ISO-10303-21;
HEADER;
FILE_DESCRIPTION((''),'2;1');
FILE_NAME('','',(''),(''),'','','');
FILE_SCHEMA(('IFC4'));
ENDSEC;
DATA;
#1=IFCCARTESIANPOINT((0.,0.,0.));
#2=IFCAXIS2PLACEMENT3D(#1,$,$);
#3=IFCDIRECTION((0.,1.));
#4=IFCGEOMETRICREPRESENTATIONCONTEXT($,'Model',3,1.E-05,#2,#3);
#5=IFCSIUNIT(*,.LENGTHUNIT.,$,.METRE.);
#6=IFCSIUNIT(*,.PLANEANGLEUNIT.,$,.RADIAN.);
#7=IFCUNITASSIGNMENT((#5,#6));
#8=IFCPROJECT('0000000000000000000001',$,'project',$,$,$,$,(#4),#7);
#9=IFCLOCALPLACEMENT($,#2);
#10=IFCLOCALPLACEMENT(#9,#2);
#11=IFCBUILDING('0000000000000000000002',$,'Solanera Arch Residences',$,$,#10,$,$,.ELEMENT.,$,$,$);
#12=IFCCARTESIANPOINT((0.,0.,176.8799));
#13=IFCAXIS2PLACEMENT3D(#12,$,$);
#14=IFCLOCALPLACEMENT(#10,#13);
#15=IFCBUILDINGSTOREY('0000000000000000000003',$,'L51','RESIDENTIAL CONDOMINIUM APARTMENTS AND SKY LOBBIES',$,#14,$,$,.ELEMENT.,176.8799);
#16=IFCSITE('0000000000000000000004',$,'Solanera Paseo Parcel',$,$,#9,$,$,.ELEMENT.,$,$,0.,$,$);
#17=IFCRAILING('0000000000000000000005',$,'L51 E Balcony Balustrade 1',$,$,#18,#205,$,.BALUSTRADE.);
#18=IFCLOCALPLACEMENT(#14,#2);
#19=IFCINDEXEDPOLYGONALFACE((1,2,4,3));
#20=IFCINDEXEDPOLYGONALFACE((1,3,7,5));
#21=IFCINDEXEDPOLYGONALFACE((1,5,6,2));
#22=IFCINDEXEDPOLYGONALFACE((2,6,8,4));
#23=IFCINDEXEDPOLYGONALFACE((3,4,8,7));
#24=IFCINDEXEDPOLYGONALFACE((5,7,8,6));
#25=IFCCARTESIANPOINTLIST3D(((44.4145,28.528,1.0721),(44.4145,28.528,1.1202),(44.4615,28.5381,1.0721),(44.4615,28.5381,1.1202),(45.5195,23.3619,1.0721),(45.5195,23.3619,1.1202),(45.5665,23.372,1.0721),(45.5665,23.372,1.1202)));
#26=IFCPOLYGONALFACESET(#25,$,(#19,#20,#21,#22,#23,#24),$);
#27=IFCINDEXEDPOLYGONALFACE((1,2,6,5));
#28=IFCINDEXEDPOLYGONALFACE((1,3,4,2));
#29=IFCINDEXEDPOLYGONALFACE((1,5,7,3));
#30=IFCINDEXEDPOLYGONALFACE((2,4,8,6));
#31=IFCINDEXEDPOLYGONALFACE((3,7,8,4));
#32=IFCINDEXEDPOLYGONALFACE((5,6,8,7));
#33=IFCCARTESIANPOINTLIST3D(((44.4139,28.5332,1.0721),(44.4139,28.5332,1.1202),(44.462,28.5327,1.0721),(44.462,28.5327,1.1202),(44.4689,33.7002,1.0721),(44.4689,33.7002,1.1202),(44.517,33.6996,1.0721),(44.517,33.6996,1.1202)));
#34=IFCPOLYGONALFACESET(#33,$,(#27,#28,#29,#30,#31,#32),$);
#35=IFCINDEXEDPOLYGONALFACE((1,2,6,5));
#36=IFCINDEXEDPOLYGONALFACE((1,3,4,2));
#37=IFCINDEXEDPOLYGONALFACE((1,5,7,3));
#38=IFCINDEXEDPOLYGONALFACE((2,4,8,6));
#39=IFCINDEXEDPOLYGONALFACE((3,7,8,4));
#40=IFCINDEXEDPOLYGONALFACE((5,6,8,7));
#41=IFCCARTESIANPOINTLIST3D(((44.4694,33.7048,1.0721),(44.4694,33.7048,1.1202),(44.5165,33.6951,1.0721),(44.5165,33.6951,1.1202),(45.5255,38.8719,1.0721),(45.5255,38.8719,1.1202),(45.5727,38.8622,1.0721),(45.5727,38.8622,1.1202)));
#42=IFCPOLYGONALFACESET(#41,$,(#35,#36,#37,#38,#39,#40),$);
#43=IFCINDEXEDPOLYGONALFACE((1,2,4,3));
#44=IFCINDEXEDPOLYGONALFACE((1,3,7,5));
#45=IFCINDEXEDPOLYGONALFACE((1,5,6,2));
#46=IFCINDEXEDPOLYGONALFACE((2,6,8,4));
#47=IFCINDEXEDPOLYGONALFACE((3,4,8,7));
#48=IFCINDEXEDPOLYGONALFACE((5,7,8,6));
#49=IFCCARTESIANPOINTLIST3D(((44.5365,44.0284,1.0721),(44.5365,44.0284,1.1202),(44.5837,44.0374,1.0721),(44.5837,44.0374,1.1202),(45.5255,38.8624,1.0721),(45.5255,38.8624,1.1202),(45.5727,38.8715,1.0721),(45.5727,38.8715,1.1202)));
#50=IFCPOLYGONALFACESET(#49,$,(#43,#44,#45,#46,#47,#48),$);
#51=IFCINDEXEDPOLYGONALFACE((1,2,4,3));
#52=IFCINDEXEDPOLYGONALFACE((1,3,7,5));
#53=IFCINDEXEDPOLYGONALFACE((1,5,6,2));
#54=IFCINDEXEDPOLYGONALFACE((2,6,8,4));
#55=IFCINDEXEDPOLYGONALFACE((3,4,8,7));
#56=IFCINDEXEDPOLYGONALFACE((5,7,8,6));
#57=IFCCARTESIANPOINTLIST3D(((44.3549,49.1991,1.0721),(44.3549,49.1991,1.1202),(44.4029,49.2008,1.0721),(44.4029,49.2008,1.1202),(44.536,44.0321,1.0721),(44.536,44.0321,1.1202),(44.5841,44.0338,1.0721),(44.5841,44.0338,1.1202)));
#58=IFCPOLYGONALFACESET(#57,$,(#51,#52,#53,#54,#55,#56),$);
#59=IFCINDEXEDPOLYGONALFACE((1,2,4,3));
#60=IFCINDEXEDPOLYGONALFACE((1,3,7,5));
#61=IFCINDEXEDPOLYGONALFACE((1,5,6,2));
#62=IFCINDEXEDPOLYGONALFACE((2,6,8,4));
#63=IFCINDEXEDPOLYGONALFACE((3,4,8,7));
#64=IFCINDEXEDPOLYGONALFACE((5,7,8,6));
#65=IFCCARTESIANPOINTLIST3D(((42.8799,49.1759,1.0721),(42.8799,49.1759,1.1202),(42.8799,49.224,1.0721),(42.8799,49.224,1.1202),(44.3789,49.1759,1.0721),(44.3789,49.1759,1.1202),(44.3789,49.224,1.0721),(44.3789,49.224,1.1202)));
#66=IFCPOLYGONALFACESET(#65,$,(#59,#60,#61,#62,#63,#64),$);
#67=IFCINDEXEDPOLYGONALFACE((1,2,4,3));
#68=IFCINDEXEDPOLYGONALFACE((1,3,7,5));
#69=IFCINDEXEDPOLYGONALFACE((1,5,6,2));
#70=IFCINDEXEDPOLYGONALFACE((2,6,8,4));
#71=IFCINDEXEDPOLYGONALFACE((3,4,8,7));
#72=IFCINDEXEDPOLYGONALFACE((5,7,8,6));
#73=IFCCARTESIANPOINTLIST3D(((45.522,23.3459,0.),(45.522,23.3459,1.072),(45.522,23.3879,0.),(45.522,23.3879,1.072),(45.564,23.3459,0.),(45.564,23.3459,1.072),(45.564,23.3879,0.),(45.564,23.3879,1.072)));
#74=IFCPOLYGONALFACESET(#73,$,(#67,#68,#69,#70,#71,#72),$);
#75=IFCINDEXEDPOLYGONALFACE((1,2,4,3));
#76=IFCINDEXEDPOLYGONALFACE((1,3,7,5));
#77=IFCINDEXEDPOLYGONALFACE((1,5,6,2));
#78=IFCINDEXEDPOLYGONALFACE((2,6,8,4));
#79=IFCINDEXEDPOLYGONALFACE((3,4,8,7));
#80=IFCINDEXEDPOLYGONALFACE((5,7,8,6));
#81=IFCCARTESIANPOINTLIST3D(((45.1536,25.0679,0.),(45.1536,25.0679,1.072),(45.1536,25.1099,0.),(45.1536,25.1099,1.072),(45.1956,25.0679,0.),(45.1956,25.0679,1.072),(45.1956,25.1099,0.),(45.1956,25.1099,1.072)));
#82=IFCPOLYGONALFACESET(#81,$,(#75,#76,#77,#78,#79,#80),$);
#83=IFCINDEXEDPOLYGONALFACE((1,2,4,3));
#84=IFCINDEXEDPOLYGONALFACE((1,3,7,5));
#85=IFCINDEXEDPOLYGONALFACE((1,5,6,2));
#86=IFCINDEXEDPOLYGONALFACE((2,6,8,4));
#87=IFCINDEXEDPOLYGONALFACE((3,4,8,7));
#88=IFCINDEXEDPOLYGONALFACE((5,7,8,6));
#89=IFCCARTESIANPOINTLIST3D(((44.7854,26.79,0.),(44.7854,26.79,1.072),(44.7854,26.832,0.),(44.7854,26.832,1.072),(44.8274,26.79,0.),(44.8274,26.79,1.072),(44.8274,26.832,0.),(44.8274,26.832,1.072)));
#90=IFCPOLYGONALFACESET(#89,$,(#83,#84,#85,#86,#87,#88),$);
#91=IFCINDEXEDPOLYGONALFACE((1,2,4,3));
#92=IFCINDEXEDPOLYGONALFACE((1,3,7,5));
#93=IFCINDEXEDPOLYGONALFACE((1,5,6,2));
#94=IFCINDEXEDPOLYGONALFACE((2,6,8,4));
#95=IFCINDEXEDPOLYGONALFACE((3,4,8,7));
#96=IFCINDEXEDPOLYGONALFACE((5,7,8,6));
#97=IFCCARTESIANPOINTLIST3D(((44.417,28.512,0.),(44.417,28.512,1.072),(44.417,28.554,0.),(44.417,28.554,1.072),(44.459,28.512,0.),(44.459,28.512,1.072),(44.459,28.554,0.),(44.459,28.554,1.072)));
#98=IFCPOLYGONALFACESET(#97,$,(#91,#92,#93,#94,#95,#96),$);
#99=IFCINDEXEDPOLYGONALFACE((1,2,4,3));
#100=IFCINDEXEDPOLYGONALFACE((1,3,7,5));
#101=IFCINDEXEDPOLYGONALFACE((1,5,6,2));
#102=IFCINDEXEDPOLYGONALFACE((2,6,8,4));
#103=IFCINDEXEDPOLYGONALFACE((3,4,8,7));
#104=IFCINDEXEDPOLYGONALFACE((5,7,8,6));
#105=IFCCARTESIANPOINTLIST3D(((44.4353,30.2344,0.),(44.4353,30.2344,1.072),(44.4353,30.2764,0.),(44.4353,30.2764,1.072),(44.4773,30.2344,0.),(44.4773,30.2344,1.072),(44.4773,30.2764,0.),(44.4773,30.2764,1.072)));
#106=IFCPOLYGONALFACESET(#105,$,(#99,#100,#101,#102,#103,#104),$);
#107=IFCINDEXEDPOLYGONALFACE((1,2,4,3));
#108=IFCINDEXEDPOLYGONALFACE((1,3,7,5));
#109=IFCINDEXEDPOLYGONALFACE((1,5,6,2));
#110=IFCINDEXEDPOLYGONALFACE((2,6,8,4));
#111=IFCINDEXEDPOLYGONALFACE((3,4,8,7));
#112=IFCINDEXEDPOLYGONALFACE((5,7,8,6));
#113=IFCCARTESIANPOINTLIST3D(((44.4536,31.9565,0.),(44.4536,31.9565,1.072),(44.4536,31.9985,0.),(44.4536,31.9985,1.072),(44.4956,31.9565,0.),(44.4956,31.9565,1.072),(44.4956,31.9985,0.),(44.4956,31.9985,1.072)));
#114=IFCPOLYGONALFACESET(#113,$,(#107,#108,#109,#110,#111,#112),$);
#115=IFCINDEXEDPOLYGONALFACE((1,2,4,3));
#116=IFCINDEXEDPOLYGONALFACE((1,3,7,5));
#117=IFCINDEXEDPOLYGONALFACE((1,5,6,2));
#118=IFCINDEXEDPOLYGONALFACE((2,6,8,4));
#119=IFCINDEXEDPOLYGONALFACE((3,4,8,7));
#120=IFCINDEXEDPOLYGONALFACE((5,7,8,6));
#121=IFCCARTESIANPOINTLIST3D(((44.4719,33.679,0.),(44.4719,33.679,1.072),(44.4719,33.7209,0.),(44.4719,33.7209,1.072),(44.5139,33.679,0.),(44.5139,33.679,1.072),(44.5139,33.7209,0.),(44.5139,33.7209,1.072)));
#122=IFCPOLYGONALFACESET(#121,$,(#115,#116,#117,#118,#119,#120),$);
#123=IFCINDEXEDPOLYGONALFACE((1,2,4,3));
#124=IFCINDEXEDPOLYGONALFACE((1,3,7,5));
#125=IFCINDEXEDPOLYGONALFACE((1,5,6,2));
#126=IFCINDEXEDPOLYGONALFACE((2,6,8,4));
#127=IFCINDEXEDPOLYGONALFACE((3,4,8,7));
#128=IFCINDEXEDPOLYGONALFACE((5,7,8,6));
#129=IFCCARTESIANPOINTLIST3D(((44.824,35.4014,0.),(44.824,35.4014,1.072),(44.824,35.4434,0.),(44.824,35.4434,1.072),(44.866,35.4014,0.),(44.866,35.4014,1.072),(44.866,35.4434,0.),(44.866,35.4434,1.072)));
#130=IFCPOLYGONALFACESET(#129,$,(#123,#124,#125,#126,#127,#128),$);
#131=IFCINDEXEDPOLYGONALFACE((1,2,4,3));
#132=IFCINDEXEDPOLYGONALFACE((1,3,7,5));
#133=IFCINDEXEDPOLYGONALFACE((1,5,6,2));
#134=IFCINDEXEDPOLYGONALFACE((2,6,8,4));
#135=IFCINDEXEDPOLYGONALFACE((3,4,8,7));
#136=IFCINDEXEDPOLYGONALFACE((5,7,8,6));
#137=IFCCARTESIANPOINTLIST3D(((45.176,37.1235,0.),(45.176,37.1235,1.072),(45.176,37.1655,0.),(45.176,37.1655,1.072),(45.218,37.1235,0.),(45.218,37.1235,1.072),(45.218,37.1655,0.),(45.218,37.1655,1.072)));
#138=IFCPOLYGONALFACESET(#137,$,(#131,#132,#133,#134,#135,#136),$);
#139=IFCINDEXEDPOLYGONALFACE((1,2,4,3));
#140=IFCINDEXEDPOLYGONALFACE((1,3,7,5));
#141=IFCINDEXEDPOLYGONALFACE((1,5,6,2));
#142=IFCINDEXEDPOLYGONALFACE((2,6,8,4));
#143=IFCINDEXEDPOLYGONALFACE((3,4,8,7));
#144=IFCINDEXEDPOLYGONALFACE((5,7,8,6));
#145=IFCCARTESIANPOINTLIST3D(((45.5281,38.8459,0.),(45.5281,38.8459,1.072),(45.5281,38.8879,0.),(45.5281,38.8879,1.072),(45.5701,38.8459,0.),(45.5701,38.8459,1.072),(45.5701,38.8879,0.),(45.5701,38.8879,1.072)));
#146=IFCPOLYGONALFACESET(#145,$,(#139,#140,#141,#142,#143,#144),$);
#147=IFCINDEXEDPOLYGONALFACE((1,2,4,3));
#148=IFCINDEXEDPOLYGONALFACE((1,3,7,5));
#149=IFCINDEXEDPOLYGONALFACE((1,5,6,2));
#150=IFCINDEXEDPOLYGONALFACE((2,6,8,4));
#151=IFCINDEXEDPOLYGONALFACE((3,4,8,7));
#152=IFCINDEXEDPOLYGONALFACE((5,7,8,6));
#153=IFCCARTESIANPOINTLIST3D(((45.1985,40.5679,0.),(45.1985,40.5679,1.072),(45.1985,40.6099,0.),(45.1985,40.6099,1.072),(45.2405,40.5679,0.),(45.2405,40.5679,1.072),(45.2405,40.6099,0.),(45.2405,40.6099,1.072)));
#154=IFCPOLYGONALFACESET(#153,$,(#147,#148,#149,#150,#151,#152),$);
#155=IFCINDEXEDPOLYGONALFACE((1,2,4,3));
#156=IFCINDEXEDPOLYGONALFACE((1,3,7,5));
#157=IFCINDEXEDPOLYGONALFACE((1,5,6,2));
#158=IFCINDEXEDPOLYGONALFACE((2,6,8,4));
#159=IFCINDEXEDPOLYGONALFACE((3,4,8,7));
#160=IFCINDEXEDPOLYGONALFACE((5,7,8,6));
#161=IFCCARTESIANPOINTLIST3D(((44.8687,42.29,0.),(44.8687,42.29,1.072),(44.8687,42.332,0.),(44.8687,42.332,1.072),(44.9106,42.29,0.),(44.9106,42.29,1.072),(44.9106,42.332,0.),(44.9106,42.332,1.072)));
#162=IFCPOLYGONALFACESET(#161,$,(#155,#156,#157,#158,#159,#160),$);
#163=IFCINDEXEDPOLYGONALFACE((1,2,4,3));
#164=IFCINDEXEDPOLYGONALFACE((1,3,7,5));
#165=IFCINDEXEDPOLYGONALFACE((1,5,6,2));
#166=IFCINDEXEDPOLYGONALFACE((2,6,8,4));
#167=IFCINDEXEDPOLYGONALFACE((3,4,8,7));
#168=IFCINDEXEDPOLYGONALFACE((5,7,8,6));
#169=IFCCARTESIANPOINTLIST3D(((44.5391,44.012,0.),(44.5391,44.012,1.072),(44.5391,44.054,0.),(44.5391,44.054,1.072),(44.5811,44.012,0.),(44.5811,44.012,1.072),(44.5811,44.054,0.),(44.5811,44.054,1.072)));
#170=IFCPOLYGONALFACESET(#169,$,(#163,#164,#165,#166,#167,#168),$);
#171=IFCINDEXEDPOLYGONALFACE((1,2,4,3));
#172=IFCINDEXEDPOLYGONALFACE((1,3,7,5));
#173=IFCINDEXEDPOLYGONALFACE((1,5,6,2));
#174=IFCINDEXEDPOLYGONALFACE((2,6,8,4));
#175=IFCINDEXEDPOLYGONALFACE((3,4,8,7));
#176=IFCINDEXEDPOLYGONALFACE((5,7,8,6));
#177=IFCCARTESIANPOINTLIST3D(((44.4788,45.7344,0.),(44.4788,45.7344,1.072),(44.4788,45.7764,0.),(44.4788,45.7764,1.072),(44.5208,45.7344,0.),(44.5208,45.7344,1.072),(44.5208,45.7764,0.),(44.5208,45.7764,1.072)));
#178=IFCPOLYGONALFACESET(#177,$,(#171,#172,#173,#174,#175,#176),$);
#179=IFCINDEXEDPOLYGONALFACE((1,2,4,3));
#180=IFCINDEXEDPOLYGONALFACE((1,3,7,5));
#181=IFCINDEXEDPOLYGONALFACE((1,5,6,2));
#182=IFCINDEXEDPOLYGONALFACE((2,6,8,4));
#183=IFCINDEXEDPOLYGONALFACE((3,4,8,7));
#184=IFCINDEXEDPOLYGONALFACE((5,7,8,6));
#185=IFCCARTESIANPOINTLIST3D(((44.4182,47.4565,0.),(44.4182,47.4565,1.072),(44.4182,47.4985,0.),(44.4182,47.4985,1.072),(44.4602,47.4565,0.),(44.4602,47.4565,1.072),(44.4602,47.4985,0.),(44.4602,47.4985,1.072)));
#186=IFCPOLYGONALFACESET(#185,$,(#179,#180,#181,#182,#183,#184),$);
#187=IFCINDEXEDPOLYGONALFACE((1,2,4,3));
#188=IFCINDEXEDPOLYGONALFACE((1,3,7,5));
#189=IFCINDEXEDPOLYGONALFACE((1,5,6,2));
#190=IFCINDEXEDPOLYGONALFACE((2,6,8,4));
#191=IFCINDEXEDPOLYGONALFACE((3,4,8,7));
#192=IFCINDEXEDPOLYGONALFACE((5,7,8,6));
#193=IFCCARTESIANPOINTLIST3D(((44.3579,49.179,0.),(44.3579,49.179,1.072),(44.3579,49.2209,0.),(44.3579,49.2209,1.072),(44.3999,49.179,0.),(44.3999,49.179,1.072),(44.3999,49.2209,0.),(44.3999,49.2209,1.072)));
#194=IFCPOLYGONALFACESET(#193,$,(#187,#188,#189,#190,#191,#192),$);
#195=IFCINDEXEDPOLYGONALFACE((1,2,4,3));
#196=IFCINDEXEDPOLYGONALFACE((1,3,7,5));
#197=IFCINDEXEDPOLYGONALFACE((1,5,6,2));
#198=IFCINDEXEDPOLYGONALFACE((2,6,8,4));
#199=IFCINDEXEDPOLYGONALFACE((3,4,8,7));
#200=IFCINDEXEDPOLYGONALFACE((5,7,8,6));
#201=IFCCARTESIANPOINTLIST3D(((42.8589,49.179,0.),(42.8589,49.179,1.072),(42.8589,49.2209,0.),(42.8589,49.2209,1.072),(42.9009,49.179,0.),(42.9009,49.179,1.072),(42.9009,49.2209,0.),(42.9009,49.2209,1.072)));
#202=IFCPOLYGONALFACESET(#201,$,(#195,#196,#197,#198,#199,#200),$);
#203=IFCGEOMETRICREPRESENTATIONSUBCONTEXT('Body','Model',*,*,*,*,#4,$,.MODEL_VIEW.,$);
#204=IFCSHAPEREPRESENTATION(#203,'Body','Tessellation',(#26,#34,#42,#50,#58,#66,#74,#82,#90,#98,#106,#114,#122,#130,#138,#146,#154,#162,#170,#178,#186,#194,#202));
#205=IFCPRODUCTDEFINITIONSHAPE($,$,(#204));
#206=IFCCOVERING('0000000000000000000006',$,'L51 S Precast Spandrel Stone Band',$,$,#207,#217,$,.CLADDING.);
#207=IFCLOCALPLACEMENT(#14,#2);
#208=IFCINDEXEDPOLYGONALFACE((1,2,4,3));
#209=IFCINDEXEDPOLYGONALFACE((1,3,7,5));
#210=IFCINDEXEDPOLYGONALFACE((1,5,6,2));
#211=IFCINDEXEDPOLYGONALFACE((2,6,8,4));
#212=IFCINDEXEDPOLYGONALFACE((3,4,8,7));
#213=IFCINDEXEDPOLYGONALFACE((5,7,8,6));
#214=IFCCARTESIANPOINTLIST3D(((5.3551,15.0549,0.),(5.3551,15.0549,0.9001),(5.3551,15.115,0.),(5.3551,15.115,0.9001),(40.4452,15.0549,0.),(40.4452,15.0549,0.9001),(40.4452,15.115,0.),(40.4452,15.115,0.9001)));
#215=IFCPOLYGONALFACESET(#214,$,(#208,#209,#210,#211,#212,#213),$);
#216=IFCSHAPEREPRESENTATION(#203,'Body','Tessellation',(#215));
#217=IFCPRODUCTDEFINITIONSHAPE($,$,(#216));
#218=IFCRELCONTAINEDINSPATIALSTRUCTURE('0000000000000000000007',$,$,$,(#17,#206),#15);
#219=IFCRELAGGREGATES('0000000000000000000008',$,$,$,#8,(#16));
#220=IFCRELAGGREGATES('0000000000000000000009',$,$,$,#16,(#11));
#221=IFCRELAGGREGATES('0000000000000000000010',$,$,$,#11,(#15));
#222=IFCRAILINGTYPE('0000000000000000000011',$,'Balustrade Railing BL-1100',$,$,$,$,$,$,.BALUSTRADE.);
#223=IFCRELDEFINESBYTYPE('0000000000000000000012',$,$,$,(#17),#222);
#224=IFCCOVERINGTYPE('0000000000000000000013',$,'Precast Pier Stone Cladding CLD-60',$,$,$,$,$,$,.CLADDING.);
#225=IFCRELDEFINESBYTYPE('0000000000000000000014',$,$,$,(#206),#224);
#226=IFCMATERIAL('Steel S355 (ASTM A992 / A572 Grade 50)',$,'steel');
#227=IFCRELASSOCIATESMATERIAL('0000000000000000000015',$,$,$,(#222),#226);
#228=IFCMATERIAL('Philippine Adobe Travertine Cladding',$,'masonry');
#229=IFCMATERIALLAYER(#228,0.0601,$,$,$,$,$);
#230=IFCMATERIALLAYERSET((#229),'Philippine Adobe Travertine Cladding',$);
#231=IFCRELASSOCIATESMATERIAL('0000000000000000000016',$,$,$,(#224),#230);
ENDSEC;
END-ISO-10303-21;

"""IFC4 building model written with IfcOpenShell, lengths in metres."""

from ifc_helpers import new_model, si_unit, direction, frame, frame_2d, origin, origin_2d, place, context, subcontext, project, spatial, rectangle, extrude, material, layer, layer_set, type_object, element, save


model = new_model("IFC4")

# Units and contexts
model_context = context("Model", 3, precision=1e-05, world=origin(), true_north=direction((0.0, 1.0)))
body_context = subcontext(model_context, "Body", "Model", "MODEL_VIEW")
ifc_project = project(units=[si_unit("LENGTHUNIT", "METRE"), si_unit("PLANEANGLEUNIT", "RADIAN")], contexts=[model_context])

# Site, building, storey
site_placement = place(None, origin())
site = spatial("IfcSite", under=ifc_project, at=site_placement, Name="Solanera Paseo Parcel", CompositionType="ELEMENT", RefElevation=0.0)
building_placement = place(site_placement, origin())
building = spatial("IfcBuilding", under=site, at=building_placement, Name="Solanera Arch Residences", CompositionType="ELEMENT")
storey_placement = place(building_placement, frame((0.0, 0.0, 176.8799)))
storey = spatial("IfcBuildingStorey", under=building, at=storey_placement, Name="L51", Description="RESIDENTIAL CONDOMINIUM APARTMENTS AND SKY LOBBIES", CompositionType="ELEMENT", Elevation=176.8799)

# Railing
ifc_material_1 = material(Name="Steel S355 (ASTM A992 / A572 Grade 50)", Category="steel")
railing_type = type_object("IfcRailingType", Name="Balustrade Railing BL-1100", PredefinedType="BALUSTRADE", material=ifc_material_1)
railing_1_placement = place(storey_placement, frame((45.543, 23.3669, 0.0)))
element("IfcRailing", 1, at=railing_1_placement, inside=storey, type_object=railing_type, Name="L51 E Balcony Balustrade 1", PredefinedType="BALUSTRADE", context=body_context, shape_type="SweptSolid", body=[
    extrude(rectangle(XDim=0.0481, YDim=0.0481, at=origin_2d()), frame((0.0, 0.0, 1.0962), z_axis=(-0.209163, 0.977881, 0.0), x_axis=(-0.977881, -0.209163, 0.0)), (0.0, 0.0, 1.0), 5.283),
    extrude(rectangle(XDim=0.0481, YDim=0.0481, at=origin_2d()), frame((-1.105, 5.166, 1.0962), z_axis=(0.010631, 0.999943, 0.0), x_axis=(-0.999943, 0.010631, 0.0)), (0.0, 0.0, 1.0), 5.1672),
    extrude(rectangle(XDim=0.0481, YDim=0.0481, at=origin_2d()), frame((-1.05, 10.333, 1.0962), z_axis=(0.200263, 0.979742, 0.0), x_axis=(-0.979742, 0.200263, 0.0)), (0.0, 0.0, 1.0), 5.2739),
    extrude(rectangle(XDim=0.0481, YDim=0.0481, at=origin_2d()), frame((0.0061, 15.5, 1.0962), z_axis=(-0.188031, 0.982163, 0.0), x_axis=(-0.982163, -0.188031, 0.0)), (0.0, 0.0, 1.0), 5.2598),
    extrude(rectangle(XDim=0.0481, YDim=0.0481, at=origin_2d()), frame((-0.9829, 20.666, 1.0962), z_axis=(-0.035038, 0.999386, 0.0), x_axis=(-0.999386, -0.035038, 0.0)), (0.0, 0.0, 1.0), 5.1702),
    extrude(rectangle(XDim=0.0481, YDim=0.0481, at=origin_2d()), frame((-1.1641, 25.833, 1.0962), z_axis=(-1.0, 0.0, 0.0), x_axis=(0.0, -1.0, 0.0)), (0.0, 0.0, 1.0), 1.499),
    extrude(rectangle(XDim=0.042, YDim=0.042, at=origin_2d()), origin(), (0.0, 0.0, 1.0), 1.072),
    extrude(rectangle(XDim=0.042, YDim=0.042, at=origin_2d()), frame((-0.3684, 1.7219, 0.0)), (0.0, 0.0, 1.0), 1.072),
    extrude(rectangle(XDim=0.042, YDim=0.042, at=origin_2d()), frame((-0.7366, 3.4441, 0.0)), (0.0, 0.0, 1.0), 1.072),
    extrude(rectangle(XDim=0.042, YDim=0.042, at=origin_2d()), frame((-1.105, 5.166, 0.0)), (0.0, 0.0, 1.0), 1.072),
    extrude(rectangle(XDim=0.042, YDim=0.042, at=origin_2d()), frame((-1.0867, 6.8884, 0.0)), (0.0, 0.0, 1.0), 1.072),
    extrude(rectangle(XDim=0.042, YDim=0.042, at=origin_2d()), frame((-1.0684, 8.6106, 0.0)), (0.0, 0.0, 1.0), 1.072),
    extrude(rectangle(XDim=0.042, YDim=0.042, at=origin_2d()), frame((-1.05, 10.333, 0.0)), (0.0, 0.0, 1.0), 1.072),
    extrude(rectangle(XDim=0.042, YDim=0.042, at=origin_2d()), frame((-0.698, 12.0554, 0.0)), (0.0, 0.0, 1.0), 1.072),
    extrude(rectangle(XDim=0.042, YDim=0.042, at=origin_2d()), frame((-0.3459, 13.7776, 0.0)), (0.0, 0.0, 1.0), 1.072),
    extrude(rectangle(XDim=0.042, YDim=0.042, at=origin_2d()), frame((0.0061, 15.5, 0.0)), (0.0, 0.0, 1.0), 1.072),
    extrude(rectangle(XDim=0.042, YDim=0.042, at=origin_2d()), frame((-0.3235, 17.2219, 0.0)), (0.0, 0.0, 1.0), 1.072),
    extrude(rectangle(XDim=0.042, YDim=0.042, at=origin_2d()), frame((-0.6533, 18.9441, 0.0)), (0.0, 0.0, 1.0), 1.072),
    extrude(rectangle(XDim=0.042, YDim=0.042, at=origin_2d()), frame((-0.9829, 20.666, 0.0)), (0.0, 0.0, 1.0), 1.072),
    extrude(rectangle(XDim=0.042, YDim=0.042, at=origin_2d()), frame((-1.0432, 22.3884, 0.0)), (0.0, 0.0, 1.0), 1.072),
    extrude(rectangle(XDim=0.042, YDim=0.042, at=origin_2d()), frame((-1.1038, 24.1106, 0.0)), (0.0, 0.0, 1.0), 1.072),
    extrude(rectangle(XDim=0.042, YDim=0.042, at=origin_2d()), frame((-1.1641, 25.833, 0.0)), (0.0, 0.0, 1.0), 1.072),
    extrude(rectangle(XDim=0.042, YDim=0.042, at=origin_2d()), frame((-2.6631, 25.833, 0.0)), (0.0, 0.0, 1.0), 1.072),
])

# Covering
ifc_material_2 = material(Name="Philippine Adobe Travertine Cladding", Category="masonry")
ifc_layer_1 = layer(ifc_material_2, 0.0601)
ifc_layer_set_1 = layer_set([ifc_layer_1], Name="Philippine Adobe Travertine Cladding")
covering_type = type_object("IfcCoveringType", Name="Precast Pier Stone Cladding CLD-60", PredefinedType="CLADDING", material=ifc_layer_set_1)
covering_placement = place(storey_placement, frame((40.4451, 15.085, 0.0), z_axis=(0.0, 0.0, 1.0), x_axis=(-1.0, 0.0, 0.0)))
element("IfcCovering", 2, at=covering_placement, inside=storey, type_object=covering_type, Name="L51 S Precast Spandrel Stone Band", PredefinedType="CLADDING", context=body_context, shape_type="SweptSolid", body=[
    extrude(rectangle(XDim=35.0901, YDim=0.0601, at=frame_2d((17.5449, 0.0))), origin(), (0.0, 0.0, 1.0), 0.9001),
])

save(model, "model.ifc")
